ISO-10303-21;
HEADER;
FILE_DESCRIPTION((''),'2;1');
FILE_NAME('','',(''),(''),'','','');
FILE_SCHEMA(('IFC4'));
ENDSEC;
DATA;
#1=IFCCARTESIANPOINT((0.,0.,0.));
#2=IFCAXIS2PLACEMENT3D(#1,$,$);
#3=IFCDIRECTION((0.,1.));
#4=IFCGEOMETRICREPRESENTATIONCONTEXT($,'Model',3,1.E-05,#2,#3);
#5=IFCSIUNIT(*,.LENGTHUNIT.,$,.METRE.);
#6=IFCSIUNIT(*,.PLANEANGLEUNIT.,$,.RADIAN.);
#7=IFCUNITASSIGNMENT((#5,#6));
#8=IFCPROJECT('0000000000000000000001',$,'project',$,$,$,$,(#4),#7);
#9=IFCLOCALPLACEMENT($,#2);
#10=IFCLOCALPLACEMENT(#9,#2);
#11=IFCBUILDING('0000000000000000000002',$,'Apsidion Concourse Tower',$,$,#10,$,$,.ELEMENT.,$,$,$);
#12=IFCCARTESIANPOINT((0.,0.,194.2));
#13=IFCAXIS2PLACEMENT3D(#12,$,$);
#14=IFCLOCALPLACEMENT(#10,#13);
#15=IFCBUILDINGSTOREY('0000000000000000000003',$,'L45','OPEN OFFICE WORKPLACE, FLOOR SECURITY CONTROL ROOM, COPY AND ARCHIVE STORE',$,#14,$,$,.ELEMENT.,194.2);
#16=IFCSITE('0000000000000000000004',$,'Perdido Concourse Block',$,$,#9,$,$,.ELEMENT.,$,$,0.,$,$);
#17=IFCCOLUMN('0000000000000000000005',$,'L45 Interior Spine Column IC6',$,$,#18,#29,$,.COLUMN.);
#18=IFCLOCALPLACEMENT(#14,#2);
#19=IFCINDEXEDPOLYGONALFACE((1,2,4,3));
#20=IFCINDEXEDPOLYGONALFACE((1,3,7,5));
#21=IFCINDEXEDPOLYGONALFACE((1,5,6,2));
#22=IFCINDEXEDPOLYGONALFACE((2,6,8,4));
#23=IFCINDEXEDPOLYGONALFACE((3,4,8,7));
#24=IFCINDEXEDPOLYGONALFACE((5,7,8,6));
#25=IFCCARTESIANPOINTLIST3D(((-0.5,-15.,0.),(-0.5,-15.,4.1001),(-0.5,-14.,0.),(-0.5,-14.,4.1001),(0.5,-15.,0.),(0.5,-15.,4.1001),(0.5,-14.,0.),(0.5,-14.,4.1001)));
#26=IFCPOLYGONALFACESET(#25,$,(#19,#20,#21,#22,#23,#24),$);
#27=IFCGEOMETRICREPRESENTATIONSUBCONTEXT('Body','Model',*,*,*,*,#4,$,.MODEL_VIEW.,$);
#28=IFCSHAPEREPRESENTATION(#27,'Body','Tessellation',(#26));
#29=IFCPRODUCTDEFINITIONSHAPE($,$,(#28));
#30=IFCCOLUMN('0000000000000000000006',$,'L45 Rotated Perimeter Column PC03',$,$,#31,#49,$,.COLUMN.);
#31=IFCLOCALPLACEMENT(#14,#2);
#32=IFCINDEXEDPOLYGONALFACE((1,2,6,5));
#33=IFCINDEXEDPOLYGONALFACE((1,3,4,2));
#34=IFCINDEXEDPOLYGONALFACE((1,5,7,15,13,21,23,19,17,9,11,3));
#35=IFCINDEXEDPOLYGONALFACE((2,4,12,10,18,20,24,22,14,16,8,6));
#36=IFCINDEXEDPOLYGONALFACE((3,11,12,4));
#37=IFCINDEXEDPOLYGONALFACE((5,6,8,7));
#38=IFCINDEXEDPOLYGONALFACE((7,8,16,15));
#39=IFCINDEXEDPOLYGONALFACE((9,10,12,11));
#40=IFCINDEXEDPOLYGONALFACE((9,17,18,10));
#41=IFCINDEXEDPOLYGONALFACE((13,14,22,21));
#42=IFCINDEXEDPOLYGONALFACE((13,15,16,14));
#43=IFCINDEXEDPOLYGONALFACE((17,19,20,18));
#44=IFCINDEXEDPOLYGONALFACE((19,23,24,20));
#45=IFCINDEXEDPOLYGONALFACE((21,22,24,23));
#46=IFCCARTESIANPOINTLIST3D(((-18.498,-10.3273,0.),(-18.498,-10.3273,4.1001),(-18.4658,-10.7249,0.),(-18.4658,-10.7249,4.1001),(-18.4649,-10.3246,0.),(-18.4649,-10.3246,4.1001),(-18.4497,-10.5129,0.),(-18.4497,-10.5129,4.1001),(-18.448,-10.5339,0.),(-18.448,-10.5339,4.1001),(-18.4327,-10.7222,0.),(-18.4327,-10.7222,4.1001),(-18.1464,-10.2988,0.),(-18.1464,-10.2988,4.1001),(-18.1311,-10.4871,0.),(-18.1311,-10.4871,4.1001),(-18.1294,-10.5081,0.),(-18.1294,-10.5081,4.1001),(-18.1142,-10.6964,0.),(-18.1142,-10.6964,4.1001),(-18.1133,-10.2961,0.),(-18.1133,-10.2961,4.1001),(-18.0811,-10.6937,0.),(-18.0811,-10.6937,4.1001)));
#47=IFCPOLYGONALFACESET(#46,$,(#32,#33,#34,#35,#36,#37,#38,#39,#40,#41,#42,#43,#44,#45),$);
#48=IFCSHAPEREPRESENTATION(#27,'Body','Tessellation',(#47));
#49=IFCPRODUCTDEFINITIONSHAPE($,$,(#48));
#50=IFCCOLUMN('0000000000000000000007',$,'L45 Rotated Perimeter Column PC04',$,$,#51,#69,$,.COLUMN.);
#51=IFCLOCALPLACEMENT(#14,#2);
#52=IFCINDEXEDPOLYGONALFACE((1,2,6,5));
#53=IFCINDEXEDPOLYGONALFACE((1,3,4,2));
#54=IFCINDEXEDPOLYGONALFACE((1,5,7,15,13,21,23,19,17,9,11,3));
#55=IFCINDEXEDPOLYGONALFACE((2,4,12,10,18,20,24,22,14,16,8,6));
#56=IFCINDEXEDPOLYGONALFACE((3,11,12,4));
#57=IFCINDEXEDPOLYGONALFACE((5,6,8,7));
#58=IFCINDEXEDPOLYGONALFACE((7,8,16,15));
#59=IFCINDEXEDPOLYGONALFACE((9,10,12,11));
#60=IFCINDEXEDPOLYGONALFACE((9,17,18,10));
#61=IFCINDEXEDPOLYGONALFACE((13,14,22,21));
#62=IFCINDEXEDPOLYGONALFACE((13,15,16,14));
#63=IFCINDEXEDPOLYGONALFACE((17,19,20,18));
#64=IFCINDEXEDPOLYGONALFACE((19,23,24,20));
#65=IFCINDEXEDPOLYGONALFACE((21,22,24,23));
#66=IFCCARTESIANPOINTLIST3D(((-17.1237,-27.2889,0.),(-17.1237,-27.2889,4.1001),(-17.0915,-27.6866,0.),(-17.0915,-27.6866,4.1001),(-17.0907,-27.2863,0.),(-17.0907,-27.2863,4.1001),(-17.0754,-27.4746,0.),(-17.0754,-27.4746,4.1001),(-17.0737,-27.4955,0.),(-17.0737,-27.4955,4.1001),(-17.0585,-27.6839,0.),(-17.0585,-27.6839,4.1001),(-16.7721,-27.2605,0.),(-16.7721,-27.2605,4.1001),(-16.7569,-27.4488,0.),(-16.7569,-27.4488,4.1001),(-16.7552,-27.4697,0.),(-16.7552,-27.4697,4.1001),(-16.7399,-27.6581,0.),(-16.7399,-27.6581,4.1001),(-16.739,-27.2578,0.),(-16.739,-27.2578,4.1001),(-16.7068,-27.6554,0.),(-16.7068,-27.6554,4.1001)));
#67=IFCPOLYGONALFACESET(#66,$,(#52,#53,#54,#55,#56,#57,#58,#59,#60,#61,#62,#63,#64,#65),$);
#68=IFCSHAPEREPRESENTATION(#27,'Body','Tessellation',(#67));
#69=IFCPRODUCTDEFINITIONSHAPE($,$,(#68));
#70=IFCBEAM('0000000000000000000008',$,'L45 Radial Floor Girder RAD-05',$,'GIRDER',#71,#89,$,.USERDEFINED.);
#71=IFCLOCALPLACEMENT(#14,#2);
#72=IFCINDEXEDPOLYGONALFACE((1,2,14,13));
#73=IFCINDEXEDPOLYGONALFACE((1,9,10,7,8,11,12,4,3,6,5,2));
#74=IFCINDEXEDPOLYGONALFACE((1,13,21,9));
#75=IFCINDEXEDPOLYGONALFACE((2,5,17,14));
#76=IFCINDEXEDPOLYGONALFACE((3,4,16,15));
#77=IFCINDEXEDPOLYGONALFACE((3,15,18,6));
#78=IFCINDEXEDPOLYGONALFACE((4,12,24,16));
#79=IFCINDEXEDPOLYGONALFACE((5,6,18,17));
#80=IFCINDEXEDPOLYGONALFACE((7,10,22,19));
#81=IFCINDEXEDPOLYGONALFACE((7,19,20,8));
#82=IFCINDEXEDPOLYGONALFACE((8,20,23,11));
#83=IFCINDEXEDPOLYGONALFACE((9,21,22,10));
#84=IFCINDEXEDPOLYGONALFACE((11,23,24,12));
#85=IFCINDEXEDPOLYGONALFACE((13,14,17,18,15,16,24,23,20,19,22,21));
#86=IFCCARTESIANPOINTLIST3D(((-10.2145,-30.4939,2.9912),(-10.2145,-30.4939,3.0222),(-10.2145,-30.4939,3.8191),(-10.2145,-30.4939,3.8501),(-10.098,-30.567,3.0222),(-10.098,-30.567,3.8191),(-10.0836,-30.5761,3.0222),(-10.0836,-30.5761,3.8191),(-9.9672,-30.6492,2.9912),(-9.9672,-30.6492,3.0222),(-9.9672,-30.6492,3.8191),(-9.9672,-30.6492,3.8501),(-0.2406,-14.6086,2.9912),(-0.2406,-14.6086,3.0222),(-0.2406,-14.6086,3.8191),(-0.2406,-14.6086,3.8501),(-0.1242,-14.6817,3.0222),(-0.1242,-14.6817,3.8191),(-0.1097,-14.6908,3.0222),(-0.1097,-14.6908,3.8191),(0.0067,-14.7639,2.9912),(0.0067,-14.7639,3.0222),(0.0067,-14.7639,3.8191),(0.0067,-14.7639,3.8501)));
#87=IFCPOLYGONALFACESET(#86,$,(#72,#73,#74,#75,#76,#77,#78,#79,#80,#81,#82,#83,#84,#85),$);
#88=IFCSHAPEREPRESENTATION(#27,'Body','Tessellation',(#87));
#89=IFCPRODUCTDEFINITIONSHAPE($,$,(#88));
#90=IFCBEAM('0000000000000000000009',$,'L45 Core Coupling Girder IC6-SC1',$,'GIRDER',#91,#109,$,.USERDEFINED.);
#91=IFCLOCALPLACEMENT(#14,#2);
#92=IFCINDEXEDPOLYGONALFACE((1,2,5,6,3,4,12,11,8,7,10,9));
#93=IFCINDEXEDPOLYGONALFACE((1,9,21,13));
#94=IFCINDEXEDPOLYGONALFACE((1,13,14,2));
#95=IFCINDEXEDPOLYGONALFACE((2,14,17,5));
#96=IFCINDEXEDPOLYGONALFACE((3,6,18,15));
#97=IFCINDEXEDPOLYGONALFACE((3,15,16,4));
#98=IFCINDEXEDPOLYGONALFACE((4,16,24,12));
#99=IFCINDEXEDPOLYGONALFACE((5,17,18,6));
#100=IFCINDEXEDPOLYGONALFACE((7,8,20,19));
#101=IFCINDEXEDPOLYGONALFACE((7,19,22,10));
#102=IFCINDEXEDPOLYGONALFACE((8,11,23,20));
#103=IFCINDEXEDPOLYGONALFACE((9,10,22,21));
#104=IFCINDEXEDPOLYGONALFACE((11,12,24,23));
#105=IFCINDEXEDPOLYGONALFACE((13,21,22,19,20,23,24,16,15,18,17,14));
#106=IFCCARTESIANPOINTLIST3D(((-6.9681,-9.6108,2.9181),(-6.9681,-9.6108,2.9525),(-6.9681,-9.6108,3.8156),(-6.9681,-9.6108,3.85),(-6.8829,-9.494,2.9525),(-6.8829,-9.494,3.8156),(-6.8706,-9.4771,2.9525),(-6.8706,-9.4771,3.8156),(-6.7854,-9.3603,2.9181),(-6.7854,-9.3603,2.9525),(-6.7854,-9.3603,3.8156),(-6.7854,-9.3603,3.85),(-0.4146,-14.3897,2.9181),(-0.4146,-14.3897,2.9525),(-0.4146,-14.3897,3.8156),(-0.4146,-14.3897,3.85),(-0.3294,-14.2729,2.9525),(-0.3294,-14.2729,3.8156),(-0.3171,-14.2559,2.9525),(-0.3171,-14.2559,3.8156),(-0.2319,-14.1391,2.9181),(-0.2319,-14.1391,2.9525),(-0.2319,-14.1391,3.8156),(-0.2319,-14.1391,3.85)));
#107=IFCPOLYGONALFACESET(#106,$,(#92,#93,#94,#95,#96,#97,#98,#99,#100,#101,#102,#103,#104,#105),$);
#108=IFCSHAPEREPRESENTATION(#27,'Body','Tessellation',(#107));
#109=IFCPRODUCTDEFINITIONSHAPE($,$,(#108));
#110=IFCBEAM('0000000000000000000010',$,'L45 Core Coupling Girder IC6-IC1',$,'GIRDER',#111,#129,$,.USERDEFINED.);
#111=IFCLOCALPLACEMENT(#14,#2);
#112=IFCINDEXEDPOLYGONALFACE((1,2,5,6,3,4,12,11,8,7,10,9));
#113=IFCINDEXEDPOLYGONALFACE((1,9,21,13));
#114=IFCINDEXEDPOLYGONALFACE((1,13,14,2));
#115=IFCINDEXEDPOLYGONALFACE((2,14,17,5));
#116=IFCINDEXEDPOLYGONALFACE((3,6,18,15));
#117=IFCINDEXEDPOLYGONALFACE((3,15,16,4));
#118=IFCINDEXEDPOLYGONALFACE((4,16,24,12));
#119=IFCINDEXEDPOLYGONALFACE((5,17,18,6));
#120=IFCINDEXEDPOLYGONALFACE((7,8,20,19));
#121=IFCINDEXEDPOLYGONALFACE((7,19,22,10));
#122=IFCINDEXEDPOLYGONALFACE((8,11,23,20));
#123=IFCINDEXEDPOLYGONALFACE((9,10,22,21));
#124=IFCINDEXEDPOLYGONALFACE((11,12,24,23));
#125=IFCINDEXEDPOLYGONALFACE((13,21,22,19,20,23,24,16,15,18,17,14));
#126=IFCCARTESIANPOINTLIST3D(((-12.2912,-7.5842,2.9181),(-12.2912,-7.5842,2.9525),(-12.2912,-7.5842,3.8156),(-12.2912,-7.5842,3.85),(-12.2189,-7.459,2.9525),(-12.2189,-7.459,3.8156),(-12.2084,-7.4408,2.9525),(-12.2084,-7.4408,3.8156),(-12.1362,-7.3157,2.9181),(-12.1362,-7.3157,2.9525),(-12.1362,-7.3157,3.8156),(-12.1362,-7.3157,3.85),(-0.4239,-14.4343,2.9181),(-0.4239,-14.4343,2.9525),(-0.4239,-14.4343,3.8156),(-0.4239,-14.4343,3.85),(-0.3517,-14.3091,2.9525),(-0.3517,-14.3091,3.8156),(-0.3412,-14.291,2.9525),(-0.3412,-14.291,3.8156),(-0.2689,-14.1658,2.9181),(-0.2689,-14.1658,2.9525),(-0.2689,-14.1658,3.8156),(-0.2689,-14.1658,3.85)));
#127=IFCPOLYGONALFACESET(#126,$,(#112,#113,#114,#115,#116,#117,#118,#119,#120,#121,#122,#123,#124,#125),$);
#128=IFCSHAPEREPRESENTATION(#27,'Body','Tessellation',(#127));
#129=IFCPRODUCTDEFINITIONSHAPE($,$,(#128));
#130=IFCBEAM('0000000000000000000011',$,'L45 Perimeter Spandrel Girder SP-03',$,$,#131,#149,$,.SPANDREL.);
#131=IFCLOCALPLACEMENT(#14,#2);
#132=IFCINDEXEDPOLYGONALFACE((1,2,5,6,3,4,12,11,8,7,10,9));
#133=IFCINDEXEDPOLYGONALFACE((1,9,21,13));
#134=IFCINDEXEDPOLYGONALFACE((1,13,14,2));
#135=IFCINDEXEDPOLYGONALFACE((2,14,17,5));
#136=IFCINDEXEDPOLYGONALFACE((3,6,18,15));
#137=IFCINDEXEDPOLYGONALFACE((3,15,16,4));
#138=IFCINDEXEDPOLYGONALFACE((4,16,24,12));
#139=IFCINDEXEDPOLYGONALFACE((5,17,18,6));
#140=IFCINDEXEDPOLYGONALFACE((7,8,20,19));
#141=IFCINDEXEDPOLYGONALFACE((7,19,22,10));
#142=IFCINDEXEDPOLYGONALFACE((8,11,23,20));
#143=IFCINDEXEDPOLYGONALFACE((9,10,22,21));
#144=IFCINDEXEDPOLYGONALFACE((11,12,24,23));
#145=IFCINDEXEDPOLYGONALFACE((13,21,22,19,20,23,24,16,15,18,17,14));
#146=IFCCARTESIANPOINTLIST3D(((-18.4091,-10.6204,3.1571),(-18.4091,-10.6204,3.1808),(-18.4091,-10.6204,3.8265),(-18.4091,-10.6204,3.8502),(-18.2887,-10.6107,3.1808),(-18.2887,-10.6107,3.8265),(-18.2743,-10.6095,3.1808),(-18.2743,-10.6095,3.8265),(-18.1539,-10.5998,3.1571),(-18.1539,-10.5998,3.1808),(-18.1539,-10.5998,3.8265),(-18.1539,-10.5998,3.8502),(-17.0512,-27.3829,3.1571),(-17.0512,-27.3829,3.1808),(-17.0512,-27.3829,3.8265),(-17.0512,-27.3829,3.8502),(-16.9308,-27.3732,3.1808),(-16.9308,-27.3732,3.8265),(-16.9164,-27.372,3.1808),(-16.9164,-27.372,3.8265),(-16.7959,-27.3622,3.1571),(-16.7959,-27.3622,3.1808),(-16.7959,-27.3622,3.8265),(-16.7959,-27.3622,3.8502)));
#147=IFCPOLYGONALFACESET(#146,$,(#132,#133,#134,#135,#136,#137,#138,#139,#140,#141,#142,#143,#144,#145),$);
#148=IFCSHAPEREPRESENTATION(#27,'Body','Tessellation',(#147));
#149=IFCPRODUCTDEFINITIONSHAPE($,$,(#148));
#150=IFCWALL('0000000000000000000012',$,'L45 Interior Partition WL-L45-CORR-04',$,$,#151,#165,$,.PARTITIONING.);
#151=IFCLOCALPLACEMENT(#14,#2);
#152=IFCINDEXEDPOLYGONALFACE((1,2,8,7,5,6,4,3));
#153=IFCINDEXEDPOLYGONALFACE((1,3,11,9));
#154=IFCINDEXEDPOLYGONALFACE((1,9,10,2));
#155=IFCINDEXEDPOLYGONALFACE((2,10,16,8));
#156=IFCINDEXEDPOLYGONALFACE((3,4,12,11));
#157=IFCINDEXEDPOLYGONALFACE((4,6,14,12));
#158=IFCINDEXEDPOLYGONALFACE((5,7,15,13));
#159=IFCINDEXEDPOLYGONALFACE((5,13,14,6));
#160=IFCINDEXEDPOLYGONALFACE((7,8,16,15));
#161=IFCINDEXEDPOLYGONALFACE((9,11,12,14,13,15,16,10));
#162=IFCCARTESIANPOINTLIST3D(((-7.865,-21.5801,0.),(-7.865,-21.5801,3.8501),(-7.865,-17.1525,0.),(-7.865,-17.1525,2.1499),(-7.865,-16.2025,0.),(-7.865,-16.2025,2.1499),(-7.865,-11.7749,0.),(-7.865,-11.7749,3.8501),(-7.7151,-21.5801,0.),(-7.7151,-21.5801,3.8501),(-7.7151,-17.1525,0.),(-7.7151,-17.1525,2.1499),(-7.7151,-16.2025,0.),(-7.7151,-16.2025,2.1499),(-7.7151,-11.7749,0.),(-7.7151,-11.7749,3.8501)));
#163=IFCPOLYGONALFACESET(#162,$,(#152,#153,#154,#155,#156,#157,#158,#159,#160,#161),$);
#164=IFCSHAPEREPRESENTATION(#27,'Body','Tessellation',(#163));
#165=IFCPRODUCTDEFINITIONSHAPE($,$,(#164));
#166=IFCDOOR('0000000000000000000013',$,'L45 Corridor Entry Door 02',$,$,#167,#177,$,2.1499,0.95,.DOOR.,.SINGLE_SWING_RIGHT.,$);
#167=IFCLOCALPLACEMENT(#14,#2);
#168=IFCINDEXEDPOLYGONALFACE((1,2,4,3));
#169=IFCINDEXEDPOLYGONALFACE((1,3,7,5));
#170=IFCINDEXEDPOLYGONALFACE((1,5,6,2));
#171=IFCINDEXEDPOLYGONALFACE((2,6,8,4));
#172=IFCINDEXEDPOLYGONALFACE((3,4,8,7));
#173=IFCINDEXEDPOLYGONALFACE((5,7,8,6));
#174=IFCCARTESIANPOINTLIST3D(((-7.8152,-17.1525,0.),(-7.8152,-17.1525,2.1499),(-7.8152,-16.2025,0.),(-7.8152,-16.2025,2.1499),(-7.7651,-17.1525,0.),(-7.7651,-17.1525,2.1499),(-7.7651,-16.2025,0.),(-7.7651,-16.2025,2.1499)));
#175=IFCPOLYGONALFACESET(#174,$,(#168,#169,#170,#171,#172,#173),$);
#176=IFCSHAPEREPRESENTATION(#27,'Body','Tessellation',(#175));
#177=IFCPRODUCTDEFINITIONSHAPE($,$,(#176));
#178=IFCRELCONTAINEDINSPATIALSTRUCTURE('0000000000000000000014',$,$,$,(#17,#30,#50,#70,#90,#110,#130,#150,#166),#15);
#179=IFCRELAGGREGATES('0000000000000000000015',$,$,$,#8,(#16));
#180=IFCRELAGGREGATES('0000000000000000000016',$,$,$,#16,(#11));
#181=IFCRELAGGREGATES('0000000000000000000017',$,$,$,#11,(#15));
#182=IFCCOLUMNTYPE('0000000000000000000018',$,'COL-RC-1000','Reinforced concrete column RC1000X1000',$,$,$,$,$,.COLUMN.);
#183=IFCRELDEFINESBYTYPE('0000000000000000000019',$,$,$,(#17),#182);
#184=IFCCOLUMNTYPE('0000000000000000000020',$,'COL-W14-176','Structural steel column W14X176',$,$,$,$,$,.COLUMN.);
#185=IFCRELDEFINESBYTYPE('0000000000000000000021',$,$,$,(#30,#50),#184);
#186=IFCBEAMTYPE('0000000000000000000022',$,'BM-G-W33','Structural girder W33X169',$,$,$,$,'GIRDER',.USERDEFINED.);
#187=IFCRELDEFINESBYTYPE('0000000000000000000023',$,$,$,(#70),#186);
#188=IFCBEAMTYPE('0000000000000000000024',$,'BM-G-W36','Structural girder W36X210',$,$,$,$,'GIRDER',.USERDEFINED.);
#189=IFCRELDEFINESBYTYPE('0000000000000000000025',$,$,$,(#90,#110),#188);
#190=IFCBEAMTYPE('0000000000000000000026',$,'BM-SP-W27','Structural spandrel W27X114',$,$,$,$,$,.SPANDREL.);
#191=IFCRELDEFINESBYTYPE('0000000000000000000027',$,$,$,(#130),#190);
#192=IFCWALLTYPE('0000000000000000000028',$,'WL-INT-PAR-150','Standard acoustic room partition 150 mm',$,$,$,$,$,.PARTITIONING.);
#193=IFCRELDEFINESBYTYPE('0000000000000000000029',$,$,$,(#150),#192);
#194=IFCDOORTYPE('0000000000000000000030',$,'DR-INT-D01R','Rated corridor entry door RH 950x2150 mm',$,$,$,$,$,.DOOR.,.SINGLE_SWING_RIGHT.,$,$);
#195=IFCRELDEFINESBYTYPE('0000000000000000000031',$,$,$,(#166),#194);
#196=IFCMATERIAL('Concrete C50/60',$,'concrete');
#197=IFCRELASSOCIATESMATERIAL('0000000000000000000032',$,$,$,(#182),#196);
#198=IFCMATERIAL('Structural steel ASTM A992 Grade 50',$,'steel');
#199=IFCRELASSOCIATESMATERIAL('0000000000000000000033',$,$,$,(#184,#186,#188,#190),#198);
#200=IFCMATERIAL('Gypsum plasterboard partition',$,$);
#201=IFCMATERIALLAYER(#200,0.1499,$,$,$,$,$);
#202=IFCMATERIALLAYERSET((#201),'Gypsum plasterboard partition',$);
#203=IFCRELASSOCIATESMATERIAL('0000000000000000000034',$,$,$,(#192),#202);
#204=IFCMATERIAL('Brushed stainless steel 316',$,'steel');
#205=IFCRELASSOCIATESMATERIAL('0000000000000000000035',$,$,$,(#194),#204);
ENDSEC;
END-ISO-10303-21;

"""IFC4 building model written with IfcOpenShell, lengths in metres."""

from ifc_helpers import new_model, si_unit, direction, frame, frame_2d, origin, origin_2d, place, context, subcontext, project, spatial, rectangle, i_section, extrude, material, layer, layer_set, material_profile, profile_set, type_object, element, fill, save


model = new_model("IFC4")

# Units and contexts
model_context = context("Model", 3, precision=1e-05, world=origin(), true_north=direction((0.0, 1.0)))
body_context = subcontext(model_context, "Body", "Model", "MODEL_VIEW")
ifc_project = project(units=[si_unit("LENGTHUNIT", "METRE"), si_unit("PLANEANGLEUNIT", "RADIAN")], contexts=[model_context])

# Site, building, storey
site_placement = place(None, origin())
site = spatial("IfcSite", under=ifc_project, at=site_placement, Name="Perdido Concourse Block", CompositionType="ELEMENT", RefElevation=0.0)
building_placement = place(site_placement, origin())
building = spatial("IfcBuilding", under=site, at=building_placement, Name="Apsidion Concourse Tower", CompositionType="ELEMENT")
storey_placement = place(building_placement, frame((0.0, 0.0, 194.2)))
storey = spatial("IfcBuildingStorey", under=building, at=storey_placement, Name="L45", Description="OPEN OFFICE WORKPLACE, FLOOR SECURITY CONTROL ROOM, COPY AND ARCHIVE STORE", CompositionType="ELEMENT", Elevation=194.2)

# Columns
ifc_material_1 = material(Name="Concrete C50/60", Category="concrete")
ifc_material_profile_1 = material_profile(ifc_material_1, rectangle(XDim=1.0, YDim=1.0, at=origin_2d()), Name="RC 1000x1000")
ifc_profile_set_1 = profile_set([ifc_material_profile_1], Name="Concrete C50/60")
column_type_1 = type_object("IfcColumnType", Name="COL-RC-1000", Description="Reinforced concrete column RC1000X1000", PredefinedType="COLUMN", material=ifc_profile_set_1)
column_placement = place(storey_placement, frame((0.0, -14.5, 0.0), z_axis=(0.0, 0.0, 1.0), x_axis=(1.0, 0.0, 0.0)))
element("IfcColumn", 1, at=column_placement, inside=storey, type_object=column_type_1, Name="L45 Interior Spine Column IC6", PredefinedType="COLUMN", context=body_context, shape_type="SweptSolid", body=[
    extrude(rectangle(XDim=1.0, YDim=1.0, at=origin_2d()), origin(), (0.0, 0.0, 1.0), 4.1001),
])
ifc_material_2 = material(Name="Structural steel ASTM A992 Grade 50", Category="steel")
ifc_material_profile_2 = material_profile(ifc_material_2, i_section(OverallWidth=0.3989, OverallDepth=0.386, WebThickness=0.021, FlangeThickness=0.0332, at=origin_2d()), Name="W14X176")
ifc_profile_set_2 = profile_set([ifc_material_profile_2], Name="Structural steel ASTM A992 Grade 50")
column_type_2 = type_object("IfcColumnType", Name="COL-W14-176", Description="Structural steel column W14X176", PredefinedType="COLUMN", material=ifc_profile_set_2)
for number, where, z_axis, x_axis, name in (
    (2, (-18.2896, -10.5105, 0.0), (0.0, 0.0, 1.0), (-0.080721, 0.996737, 0.0), "L45 Rotated Perimeter Column PC03"),
    (3, (-16.9153, -27.4722, 0.0), (0.0, 0.0, 1.0), (-0.080721, 0.996737, 0.0), "L45 Rotated Perimeter Column PC04"),
):
    element("IfcColumn", number, at=place(storey_placement, frame(where, z_axis=z_axis, x_axis=x_axis)), inside=storey, type_object=column_type_2, Name=name, PredefinedType="COLUMN", context=body_context, shape_type="SweptSolid", body=[
        extrude(i_section(OverallWidth=0.3989, OverallDepth=0.386, WebThickness=0.021, FlangeThickness=0.0332, at=origin_2d()), origin(), (0.0, 0.0, 1.0), 4.1001),
    ])

# Beams
ifc_material_profile_3 = material_profile(ifc_material_2, i_section(OverallWidth=0.292, OverallDepth=0.8589, WebThickness=0.0171, FlangeThickness=0.031, at=origin_2d()), Name="W33X169")
ifc_profile_set_3 = profile_set([ifc_material_profile_3], Name="Structural steel ASTM A992 Grade 50")
beam_type_1 = type_object("IfcBeamType", Name="BM-G-W33", Description="Structural girder W33X169", ElementType="GIRDER", PredefinedType="USERDEFINED", material=ifc_profile_set_3)
beam_1_placement = place(storey_placement, frame((-0.1169, -14.6863, 3.4207), z_axis=(-0.531746, -0.846904, 0.0), x_axis=(0.846904, -0.531746, 0.0)))
element("IfcBeam", 4, at=beam_1_placement, inside=storey, type_object=beam_type_1, Name="L45 Radial Floor Girder RAD-05", ObjectType="GIRDER", PredefinedType="USERDEFINED", context=body_context, shape_type="SweptSolid", body=[
    extrude(i_section(OverallWidth=0.292, OverallDepth=0.8589, WebThickness=0.0171, FlangeThickness=0.031, at=origin_2d()), origin(), (0.0, 0.0, 1.0), 18.7568),
])
ifc_material_profile_4 = material_profile(ifc_material_2, i_section(OverallWidth=0.3101, OverallDepth=0.9319, WebThickness=0.021, FlangeThickness=0.0344, at=origin_2d()), Name="W36X210")
ifc_profile_set_4 = profile_set([ifc_material_profile_4], Name="Structural steel ASTM A992 Grade 50")
beam_type_2 = type_object("IfcBeamType", Name="BM-G-W36", Description="Structural girder W36X210", ElementType="GIRDER", PredefinedType="USERDEFINED", material=ifc_profile_set_4)
beam_2_placement = place(storey_placement, frame((-0.3232, -14.2644, 3.384), z_axis=(-0.807993, 0.589191, 0.0), x_axis=(-0.589191, -0.807993, 0.0)))
element("IfcBeam", 5, at=beam_2_placement, inside=storey, type_object=beam_type_2, Name="L45 Core Coupling Girder IC6-SC1", ObjectType="GIRDER", PredefinedType="USERDEFINED", context=body_context, shape_type="SweptSolid", body=[
    extrude(i_section(OverallWidth=0.3101, OverallDepth=0.9319, WebThickness=0.021, FlangeThickness=0.0344, at=origin_2d()), origin(), (0.0, 0.0, 1.0), 8.1108),
])
beam_3_placement = place(storey_placement, frame((-0.3464, -14.3, 3.384), z_axis=(-0.86607, 0.499922, 0.0), x_axis=(-0.499922, -0.86607, 0.0)))
element("IfcBeam", 6, at=beam_3_placement, inside=storey, type_object=beam_type_2, Name="L45 Core Coupling Girder IC6-IC1", ObjectType="GIRDER", PredefinedType="USERDEFINED", context=body_context, shape_type="SweptSolid", body=[
    extrude(i_section(OverallWidth=0.3101, OverallDepth=0.9319, WebThickness=0.021, FlangeThickness=0.0344, at=origin_2d()), origin(), (0.0, 0.0, 1.0), 13.7024),
])
ifc_material_profile_5 = material_profile(ifc_material_2, i_section(OverallWidth=0.2561, OverallDepth=0.6931, WebThickness=0.0144, FlangeThickness=0.0237, at=origin_2d()), Name="W27X114")
ifc_profile_set_5 = profile_set([ifc_material_profile_5], Name="Structural steel ASTM A992 Grade 50")
beam_type_3 = type_object("IfcBeamType", Name="BM-SP-W27", Description="Structural spandrel W27X114", PredefinedType="SPANDREL", material=ifc_profile_set_5)
beam_4_placement = place(storey_placement, frame((-18.2815, -10.6101, 3.5037), z_axis=(0.080745, -0.996735, 0.0), x_axis=(0.996735, 0.080745, 0.0)))
element("IfcBeam", 7, at=beam_4_placement, inside=storey, type_object=beam_type_3, Name="L45 Perimeter Spandrel Girder SP-03", PredefinedType="SPANDREL", context=body_context, shape_type="SweptSolid", body=[
    extrude(i_section(OverallWidth=0.2561, OverallDepth=0.6931, WebThickness=0.0144, FlangeThickness=0.0237, at=origin_2d()), origin(), (0.0, 0.0, 1.0), 16.8174),
])

# Wall, opening, door
ifc_material_3 = material(Name="Gypsum plasterboard partition")
ifc_layer = layer(ifc_material_3, 0.1499)
ifc_layer_set = layer_set([ifc_layer], Name="Gypsum plasterboard partition")
wall_type = type_object("IfcWallType", Name="WL-INT-PAR-150", Description="Standard acoustic room partition 150 mm", PredefinedType="PARTITIONING", material=ifc_layer_set)
wall_1_placement = place(storey_placement, frame((-7.79, -11.7749, 0.0), z_axis=(0.0, 0.0, 1.0), x_axis=(0.0, -1.0, 0.0)))
wall_1 = element("IfcWall", 8, at=wall_1_placement, inside=storey, type_object=wall_type, Name="L45 Interior Partition WL-L45-CORR-04", PredefinedType="PARTITIONING", context=body_context, shape_type="SweptSolid", body=[
    extrude(rectangle(XDim=9.8052, YDim=0.1499, at=frame_2d((4.9026, 0.0))), origin(), (0.0, 0.0, 1.0), 3.8501),
])
opening_1_placement = place(wall_1_placement, frame((4.4275, 0.0, 0.0)))
opening_1 = element("IfcOpeningElement", 9, at=opening_1_placement, cuts=wall_1, PredefinedType="OPENING", context=body_context, shape_type="SweptSolid", body=[
    extrude(rectangle(XDim=0.95, YDim=2.1499, at=frame_2d((0.4751, 1.075))), frame((0.0, 0.085, 0.0), z_axis=(0.0, -1.0, 0.0), x_axis=(1.0, 0.0, 0.0)), (0.0, 0.0, 1.0), 0.1699),
])
ifc_material_4 = material(Name="Brushed stainless steel 316", Category="steel")
door_type_1 = type_object("IfcDoorType", Name="DR-INT-D01R", Description="Rated corridor entry door RH 950x2150 mm", OperationType="SINGLE_SWING_RIGHT", PredefinedType="DOOR", material=ifc_material_4)
door_1_placement = place(opening_1_placement, origin())
door_1 = element("IfcDoor", 10, at=door_1_placement, inside=storey, type_object=door_type_1, Name="L45 Corridor Entry Door 02", OperationType="SINGLE_SWING_RIGHT", OverallHeight=2.1499, OverallWidth=0.95, PredefinedType="DOOR", context=body_context, shape_type="SweptSolid", body=[
    extrude(rectangle(XDim=0.95, YDim=2.1499, at=frame_2d((0.4751, 1.075))), frame((0.0, 0.0249, 0.0), z_axis=(0.0, -1.0, 0.0), x_axis=(1.0, 0.0, 0.0)), (0.0, 0.0, 1.0), 0.05),
])
fill(opening_1, door_1)

save(model, "model.ifc")
